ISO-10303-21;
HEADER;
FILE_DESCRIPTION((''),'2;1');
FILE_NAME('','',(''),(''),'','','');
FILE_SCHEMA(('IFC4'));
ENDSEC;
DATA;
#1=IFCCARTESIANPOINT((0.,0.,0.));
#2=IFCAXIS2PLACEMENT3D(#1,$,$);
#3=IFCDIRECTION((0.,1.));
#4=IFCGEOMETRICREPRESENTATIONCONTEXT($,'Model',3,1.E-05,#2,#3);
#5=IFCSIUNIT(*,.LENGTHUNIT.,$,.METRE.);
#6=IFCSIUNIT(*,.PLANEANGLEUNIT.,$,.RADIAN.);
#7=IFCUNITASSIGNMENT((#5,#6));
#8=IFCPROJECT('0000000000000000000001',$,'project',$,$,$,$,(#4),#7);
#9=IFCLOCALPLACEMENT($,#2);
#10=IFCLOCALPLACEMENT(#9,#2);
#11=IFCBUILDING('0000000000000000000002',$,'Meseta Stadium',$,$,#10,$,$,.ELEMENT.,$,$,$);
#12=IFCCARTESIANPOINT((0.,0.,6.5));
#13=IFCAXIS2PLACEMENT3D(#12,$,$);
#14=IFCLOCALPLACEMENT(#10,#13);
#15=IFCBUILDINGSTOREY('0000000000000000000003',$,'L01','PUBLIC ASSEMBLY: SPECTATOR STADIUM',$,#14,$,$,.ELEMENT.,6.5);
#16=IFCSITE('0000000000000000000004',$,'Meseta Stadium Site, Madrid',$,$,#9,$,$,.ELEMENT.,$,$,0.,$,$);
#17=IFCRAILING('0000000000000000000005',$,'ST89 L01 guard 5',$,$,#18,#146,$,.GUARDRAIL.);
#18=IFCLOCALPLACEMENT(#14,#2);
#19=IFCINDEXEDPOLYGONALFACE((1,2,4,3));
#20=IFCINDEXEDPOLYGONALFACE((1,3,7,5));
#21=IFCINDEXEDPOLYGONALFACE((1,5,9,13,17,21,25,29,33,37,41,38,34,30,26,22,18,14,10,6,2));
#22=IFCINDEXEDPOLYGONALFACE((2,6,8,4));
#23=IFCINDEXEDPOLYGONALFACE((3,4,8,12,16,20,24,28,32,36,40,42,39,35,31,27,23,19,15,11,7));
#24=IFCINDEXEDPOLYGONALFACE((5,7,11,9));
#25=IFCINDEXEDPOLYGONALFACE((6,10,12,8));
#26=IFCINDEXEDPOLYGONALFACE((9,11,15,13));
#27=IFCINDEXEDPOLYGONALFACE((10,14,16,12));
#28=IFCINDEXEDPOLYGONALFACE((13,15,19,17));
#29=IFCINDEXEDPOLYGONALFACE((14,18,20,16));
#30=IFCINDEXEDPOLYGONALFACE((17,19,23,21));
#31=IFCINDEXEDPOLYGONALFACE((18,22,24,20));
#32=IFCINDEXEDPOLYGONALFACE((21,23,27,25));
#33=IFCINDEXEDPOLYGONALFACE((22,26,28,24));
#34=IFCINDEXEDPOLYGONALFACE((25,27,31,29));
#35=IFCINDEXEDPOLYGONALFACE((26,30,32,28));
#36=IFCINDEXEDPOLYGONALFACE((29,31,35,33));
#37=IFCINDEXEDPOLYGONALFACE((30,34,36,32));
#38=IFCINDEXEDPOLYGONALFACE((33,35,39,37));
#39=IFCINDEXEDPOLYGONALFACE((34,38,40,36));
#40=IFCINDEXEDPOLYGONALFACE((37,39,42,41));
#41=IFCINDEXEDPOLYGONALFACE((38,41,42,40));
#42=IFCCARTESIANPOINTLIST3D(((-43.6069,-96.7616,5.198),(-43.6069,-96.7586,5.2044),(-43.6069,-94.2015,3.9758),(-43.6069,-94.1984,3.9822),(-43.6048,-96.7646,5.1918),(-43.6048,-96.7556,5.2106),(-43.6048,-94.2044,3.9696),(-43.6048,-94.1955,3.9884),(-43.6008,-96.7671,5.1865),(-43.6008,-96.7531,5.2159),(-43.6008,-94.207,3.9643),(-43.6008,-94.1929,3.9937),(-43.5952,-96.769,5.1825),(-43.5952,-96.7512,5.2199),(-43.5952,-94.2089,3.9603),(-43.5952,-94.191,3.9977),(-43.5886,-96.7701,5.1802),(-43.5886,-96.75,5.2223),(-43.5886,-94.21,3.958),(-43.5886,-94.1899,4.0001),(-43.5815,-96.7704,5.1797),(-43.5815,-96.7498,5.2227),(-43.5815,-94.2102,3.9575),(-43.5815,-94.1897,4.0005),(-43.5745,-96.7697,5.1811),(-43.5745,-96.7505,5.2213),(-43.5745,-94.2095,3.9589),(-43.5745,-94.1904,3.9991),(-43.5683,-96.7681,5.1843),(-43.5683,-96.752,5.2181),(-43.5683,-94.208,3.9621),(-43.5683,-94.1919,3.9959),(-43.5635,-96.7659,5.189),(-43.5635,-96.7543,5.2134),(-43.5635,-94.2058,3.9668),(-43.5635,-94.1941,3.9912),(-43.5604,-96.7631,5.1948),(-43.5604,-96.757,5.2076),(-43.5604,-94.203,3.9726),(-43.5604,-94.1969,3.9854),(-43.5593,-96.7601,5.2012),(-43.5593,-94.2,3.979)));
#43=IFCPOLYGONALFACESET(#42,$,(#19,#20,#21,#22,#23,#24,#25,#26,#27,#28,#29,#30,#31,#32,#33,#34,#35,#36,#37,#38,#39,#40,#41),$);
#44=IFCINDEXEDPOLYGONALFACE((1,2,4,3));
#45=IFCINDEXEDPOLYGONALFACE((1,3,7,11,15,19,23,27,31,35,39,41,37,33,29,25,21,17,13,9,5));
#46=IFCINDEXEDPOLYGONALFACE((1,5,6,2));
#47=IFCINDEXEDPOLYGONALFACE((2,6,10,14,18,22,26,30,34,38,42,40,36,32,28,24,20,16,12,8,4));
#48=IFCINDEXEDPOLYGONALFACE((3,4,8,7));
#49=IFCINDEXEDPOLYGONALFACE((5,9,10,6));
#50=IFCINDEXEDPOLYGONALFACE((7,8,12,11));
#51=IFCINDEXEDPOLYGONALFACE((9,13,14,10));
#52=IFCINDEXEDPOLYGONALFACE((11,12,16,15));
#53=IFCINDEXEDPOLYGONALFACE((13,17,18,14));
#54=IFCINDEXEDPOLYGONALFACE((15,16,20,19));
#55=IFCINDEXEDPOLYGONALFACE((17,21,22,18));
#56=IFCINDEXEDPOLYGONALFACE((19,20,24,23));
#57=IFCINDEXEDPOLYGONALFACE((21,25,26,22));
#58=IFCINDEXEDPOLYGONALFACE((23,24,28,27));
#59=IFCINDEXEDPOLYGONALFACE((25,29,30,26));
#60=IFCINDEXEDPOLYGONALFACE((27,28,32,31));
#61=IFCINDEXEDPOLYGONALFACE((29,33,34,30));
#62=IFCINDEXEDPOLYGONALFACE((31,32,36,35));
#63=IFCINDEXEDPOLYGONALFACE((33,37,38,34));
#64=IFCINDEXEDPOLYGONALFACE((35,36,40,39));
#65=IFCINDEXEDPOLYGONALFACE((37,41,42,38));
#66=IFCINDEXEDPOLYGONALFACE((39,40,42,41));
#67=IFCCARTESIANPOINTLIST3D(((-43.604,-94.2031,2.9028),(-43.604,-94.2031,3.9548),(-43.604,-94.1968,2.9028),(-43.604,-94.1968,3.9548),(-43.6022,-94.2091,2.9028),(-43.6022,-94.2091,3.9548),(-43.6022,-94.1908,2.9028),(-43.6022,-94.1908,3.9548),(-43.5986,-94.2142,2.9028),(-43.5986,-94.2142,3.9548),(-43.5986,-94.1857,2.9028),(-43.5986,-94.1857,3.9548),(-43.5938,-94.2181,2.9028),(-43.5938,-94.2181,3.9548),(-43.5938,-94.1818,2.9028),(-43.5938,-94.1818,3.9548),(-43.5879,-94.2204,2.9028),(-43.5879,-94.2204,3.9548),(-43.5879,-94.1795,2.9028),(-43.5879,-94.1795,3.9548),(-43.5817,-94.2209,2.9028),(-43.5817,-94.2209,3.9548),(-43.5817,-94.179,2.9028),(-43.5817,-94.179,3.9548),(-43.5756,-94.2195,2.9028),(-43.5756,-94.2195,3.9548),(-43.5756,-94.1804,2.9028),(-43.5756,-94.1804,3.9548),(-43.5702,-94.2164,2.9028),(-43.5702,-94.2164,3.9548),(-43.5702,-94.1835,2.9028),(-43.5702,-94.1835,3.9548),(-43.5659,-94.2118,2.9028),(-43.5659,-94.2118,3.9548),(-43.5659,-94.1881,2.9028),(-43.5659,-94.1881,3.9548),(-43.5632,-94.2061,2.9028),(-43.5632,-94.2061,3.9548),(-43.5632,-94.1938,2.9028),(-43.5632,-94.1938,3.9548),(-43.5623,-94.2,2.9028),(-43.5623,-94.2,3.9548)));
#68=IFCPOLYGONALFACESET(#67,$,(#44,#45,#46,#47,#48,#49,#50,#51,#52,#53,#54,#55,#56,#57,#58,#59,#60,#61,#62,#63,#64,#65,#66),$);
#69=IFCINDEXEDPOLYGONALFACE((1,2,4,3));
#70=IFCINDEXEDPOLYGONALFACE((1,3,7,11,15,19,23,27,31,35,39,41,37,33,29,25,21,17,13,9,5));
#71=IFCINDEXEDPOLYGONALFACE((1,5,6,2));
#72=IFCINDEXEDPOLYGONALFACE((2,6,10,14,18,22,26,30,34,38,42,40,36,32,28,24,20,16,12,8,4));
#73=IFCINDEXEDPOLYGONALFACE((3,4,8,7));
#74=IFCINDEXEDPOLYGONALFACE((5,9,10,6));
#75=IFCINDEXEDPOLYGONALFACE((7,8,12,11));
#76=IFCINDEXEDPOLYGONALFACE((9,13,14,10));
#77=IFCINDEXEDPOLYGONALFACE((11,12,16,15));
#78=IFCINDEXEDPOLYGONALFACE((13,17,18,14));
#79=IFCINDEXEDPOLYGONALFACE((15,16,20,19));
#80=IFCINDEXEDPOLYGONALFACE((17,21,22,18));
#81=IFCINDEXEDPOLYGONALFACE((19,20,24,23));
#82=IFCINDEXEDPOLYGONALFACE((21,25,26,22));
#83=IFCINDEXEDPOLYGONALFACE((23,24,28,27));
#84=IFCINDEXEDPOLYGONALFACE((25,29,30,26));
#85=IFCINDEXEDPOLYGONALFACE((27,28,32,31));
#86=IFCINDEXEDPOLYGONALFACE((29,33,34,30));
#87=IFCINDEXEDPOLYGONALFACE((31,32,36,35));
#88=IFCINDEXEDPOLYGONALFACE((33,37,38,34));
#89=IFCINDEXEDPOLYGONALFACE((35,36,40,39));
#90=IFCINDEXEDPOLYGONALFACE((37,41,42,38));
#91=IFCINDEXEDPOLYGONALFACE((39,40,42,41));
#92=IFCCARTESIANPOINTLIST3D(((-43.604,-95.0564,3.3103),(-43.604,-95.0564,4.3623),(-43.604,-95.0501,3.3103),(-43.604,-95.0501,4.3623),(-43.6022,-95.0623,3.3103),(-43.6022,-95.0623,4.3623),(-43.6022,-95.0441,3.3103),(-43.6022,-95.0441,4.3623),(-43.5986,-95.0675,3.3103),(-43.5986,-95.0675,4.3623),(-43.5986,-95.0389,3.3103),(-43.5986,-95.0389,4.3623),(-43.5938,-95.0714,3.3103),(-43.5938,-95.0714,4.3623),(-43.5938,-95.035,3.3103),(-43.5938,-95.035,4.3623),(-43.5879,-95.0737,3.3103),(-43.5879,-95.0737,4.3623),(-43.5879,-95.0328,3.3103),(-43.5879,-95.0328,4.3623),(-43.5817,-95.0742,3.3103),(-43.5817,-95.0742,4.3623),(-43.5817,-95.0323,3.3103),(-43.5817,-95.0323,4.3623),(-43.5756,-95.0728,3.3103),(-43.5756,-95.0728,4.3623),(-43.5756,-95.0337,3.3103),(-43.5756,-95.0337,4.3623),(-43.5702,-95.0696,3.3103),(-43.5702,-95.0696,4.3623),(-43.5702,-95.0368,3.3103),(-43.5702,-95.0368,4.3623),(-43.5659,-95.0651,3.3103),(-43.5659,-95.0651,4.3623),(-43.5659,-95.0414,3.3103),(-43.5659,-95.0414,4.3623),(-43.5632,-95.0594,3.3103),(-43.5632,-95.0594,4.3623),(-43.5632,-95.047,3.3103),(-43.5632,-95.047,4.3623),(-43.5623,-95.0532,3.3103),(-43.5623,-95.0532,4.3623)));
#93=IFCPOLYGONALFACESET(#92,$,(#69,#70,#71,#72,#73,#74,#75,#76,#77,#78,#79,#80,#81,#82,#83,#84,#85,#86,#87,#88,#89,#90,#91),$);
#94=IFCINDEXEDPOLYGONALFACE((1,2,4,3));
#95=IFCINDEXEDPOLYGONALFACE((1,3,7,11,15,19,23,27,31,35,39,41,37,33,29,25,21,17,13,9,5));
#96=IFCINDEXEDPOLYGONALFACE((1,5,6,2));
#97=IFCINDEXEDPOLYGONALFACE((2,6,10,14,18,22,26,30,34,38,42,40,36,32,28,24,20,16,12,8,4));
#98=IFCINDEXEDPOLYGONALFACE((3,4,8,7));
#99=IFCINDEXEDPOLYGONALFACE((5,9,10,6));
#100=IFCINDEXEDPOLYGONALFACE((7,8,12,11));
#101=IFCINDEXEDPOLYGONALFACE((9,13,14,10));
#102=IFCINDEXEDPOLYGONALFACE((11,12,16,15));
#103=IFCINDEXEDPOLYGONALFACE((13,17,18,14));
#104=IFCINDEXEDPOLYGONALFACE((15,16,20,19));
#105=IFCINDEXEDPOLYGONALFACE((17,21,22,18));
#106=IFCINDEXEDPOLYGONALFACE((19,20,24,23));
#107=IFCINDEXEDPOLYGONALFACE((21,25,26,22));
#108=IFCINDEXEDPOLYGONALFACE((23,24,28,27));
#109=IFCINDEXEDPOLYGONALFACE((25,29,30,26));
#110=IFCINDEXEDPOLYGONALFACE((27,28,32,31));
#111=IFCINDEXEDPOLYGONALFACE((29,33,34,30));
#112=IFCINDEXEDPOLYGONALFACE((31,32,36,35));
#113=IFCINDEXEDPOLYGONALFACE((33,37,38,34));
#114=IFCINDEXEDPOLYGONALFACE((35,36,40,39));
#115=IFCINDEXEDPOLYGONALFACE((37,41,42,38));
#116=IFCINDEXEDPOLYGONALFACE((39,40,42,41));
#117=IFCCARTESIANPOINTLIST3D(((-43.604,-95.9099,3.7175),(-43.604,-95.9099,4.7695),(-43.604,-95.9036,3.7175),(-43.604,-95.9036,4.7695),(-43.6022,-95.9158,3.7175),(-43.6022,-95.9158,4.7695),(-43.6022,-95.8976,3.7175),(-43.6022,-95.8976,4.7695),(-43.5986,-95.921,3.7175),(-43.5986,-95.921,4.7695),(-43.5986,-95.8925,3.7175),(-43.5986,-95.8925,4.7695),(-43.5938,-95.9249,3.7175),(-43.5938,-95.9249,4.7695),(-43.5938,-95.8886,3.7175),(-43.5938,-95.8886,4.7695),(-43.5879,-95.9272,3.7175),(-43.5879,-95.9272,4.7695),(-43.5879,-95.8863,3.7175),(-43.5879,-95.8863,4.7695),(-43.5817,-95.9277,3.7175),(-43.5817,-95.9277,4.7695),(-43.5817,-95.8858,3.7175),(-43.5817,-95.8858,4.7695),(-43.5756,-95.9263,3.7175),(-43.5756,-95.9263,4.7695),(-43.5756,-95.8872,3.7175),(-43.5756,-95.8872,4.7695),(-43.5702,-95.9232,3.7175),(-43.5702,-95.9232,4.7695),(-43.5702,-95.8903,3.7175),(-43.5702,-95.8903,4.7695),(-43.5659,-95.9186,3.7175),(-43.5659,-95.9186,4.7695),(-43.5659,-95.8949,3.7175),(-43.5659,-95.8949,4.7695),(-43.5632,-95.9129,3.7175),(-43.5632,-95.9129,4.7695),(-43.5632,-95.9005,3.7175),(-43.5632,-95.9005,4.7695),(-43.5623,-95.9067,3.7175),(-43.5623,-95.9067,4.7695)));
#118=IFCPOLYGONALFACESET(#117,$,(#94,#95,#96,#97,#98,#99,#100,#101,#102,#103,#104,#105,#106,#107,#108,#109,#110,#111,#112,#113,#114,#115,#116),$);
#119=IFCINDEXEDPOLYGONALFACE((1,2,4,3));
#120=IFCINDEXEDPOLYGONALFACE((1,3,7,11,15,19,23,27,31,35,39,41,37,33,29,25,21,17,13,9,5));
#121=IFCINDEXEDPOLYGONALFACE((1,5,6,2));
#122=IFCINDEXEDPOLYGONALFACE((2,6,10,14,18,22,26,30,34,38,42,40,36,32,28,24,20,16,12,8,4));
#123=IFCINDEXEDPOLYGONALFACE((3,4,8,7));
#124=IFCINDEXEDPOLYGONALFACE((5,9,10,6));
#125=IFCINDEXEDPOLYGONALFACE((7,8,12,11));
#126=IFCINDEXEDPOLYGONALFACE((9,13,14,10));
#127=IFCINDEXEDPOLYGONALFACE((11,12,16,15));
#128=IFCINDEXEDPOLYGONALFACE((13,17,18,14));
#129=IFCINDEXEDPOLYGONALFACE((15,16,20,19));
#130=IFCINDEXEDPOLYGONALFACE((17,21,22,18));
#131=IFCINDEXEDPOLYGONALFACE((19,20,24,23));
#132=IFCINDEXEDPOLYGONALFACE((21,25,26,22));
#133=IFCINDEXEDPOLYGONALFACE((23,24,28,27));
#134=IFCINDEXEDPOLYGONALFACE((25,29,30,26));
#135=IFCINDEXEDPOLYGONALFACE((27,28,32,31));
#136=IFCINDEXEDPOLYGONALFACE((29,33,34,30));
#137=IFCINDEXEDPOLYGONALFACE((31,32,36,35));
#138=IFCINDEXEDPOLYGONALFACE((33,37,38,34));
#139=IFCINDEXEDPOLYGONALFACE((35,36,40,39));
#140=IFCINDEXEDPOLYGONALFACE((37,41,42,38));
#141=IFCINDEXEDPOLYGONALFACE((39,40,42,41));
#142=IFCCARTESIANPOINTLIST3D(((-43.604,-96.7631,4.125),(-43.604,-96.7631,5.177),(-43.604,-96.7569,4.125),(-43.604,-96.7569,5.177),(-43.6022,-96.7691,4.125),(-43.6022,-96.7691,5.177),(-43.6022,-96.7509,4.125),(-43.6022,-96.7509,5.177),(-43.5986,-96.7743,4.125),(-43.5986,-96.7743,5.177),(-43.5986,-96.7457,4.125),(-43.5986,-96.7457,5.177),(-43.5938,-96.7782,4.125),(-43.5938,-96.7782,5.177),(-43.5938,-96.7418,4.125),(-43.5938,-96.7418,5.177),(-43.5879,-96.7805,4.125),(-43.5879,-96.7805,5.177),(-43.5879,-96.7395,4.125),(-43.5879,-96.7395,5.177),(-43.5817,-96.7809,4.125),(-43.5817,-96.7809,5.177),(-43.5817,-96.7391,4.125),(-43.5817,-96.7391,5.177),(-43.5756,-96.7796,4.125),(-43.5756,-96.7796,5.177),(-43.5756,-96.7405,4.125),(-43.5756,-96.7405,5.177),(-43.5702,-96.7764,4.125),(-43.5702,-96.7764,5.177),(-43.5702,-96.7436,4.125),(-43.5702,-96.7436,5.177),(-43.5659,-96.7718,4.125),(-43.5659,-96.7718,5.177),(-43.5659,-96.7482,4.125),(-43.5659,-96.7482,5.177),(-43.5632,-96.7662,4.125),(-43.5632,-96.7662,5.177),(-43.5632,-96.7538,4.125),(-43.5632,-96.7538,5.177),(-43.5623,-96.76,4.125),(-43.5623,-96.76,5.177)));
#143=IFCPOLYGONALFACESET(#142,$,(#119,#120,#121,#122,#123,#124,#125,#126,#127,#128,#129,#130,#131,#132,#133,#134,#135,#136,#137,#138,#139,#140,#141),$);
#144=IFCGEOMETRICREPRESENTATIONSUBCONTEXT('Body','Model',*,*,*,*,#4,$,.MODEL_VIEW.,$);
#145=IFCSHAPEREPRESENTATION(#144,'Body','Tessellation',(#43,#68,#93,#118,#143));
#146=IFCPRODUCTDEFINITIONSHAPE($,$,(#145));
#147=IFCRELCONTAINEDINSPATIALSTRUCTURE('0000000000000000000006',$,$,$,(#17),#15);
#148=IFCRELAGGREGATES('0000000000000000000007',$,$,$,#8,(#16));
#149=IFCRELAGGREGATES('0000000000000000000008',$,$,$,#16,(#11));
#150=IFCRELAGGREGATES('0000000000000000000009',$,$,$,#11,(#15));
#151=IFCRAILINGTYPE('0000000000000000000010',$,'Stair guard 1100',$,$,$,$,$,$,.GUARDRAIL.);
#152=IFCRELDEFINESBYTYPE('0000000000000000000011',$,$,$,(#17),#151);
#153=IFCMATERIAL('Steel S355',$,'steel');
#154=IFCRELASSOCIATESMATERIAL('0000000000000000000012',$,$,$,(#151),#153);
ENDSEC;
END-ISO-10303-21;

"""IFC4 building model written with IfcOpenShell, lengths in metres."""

from ifc_helpers import new_model, si_unit, direction, frame, origin, origin_2d, place, context, subcontext, project, spatial, circle, extrude, material, type_object, element, save


model = new_model("IFC4")

# Units and contexts
model_context = context("Model", 3, precision=1e-05, world=origin(), true_north=direction((0.0, 1.0)))
body_context = subcontext(model_context, "Body", "Model", "MODEL_VIEW")
ifc_project = project(units=[si_unit("LENGTHUNIT", "METRE"), si_unit("PLANEANGLEUNIT", "RADIAN")], contexts=[model_context])

# Site, building, storey
site_placement = place(None, origin())
site = spatial("IfcSite", under=ifc_project, at=site_placement, Name="Meseta Stadium Site, Madrid", CompositionType="ELEMENT", RefElevation=0.0)
building_placement = place(site_placement, origin())
building = spatial("IfcBuilding", under=site, at=building_placement, Name="Meseta Stadium", CompositionType="ELEMENT")
storey_placement = place(building_placement, frame((0.0, 0.0, 6.5)))
storey = spatial("IfcBuildingStorey", under=building, at=storey_placement, Name="L01", Description="PUBLIC ASSEMBLY: SPECTATOR STADIUM", CompositionType="ELEMENT", Elevation=6.5)

# Railing
ifc_material_1 = material(Name="Steel S355", Category="steel")
railing_type_1 = type_object("IfcRailingType", Name="Stair guard 1100", PredefinedType="GUARDRAIL", material=ifc_material_1)
railing_1_placement = place(storey_placement, frame((-43.5833, -94.2, 2.9028)))
element("IfcRailing", 1, at=railing_1_placement, inside=storey, type_object=railing_type_1, Name="ST89 L01 guard 5", PredefinedType="GUARDRAIL", context=body_context, shape_type="SweptSolid", body=[
    extrude(circle(Radius=0.0239, at=origin_2d()), frame((0.0, 0.0, 1.0762), z_axis=(0.0, -0.902437, 0.430822), x_axis=(1.0, 0.0, 0.0)), (0.0, 0.0, 1.0), 2.8369),
    extrude(circle(Radius=0.021, at=origin_2d()), origin(), (0.0, 0.0, 1.0), 1.052),
    extrude(circle(Radius=0.021, at=origin_2d()), frame((0.0, -0.8533, 0.4075)), (0.0, 0.0, 1.0), 1.052),
    extrude(circle(Radius=0.021, at=origin_2d()), frame((0.0, -1.7068, 0.8147)), (0.0, 0.0, 1.0), 1.052),
    extrude(circle(Radius=0.021, at=origin_2d()), frame((0.0, -2.5601, 1.2222)), (0.0, 0.0, 1.0), 1.052),
])

save(model, "model.ifc")
